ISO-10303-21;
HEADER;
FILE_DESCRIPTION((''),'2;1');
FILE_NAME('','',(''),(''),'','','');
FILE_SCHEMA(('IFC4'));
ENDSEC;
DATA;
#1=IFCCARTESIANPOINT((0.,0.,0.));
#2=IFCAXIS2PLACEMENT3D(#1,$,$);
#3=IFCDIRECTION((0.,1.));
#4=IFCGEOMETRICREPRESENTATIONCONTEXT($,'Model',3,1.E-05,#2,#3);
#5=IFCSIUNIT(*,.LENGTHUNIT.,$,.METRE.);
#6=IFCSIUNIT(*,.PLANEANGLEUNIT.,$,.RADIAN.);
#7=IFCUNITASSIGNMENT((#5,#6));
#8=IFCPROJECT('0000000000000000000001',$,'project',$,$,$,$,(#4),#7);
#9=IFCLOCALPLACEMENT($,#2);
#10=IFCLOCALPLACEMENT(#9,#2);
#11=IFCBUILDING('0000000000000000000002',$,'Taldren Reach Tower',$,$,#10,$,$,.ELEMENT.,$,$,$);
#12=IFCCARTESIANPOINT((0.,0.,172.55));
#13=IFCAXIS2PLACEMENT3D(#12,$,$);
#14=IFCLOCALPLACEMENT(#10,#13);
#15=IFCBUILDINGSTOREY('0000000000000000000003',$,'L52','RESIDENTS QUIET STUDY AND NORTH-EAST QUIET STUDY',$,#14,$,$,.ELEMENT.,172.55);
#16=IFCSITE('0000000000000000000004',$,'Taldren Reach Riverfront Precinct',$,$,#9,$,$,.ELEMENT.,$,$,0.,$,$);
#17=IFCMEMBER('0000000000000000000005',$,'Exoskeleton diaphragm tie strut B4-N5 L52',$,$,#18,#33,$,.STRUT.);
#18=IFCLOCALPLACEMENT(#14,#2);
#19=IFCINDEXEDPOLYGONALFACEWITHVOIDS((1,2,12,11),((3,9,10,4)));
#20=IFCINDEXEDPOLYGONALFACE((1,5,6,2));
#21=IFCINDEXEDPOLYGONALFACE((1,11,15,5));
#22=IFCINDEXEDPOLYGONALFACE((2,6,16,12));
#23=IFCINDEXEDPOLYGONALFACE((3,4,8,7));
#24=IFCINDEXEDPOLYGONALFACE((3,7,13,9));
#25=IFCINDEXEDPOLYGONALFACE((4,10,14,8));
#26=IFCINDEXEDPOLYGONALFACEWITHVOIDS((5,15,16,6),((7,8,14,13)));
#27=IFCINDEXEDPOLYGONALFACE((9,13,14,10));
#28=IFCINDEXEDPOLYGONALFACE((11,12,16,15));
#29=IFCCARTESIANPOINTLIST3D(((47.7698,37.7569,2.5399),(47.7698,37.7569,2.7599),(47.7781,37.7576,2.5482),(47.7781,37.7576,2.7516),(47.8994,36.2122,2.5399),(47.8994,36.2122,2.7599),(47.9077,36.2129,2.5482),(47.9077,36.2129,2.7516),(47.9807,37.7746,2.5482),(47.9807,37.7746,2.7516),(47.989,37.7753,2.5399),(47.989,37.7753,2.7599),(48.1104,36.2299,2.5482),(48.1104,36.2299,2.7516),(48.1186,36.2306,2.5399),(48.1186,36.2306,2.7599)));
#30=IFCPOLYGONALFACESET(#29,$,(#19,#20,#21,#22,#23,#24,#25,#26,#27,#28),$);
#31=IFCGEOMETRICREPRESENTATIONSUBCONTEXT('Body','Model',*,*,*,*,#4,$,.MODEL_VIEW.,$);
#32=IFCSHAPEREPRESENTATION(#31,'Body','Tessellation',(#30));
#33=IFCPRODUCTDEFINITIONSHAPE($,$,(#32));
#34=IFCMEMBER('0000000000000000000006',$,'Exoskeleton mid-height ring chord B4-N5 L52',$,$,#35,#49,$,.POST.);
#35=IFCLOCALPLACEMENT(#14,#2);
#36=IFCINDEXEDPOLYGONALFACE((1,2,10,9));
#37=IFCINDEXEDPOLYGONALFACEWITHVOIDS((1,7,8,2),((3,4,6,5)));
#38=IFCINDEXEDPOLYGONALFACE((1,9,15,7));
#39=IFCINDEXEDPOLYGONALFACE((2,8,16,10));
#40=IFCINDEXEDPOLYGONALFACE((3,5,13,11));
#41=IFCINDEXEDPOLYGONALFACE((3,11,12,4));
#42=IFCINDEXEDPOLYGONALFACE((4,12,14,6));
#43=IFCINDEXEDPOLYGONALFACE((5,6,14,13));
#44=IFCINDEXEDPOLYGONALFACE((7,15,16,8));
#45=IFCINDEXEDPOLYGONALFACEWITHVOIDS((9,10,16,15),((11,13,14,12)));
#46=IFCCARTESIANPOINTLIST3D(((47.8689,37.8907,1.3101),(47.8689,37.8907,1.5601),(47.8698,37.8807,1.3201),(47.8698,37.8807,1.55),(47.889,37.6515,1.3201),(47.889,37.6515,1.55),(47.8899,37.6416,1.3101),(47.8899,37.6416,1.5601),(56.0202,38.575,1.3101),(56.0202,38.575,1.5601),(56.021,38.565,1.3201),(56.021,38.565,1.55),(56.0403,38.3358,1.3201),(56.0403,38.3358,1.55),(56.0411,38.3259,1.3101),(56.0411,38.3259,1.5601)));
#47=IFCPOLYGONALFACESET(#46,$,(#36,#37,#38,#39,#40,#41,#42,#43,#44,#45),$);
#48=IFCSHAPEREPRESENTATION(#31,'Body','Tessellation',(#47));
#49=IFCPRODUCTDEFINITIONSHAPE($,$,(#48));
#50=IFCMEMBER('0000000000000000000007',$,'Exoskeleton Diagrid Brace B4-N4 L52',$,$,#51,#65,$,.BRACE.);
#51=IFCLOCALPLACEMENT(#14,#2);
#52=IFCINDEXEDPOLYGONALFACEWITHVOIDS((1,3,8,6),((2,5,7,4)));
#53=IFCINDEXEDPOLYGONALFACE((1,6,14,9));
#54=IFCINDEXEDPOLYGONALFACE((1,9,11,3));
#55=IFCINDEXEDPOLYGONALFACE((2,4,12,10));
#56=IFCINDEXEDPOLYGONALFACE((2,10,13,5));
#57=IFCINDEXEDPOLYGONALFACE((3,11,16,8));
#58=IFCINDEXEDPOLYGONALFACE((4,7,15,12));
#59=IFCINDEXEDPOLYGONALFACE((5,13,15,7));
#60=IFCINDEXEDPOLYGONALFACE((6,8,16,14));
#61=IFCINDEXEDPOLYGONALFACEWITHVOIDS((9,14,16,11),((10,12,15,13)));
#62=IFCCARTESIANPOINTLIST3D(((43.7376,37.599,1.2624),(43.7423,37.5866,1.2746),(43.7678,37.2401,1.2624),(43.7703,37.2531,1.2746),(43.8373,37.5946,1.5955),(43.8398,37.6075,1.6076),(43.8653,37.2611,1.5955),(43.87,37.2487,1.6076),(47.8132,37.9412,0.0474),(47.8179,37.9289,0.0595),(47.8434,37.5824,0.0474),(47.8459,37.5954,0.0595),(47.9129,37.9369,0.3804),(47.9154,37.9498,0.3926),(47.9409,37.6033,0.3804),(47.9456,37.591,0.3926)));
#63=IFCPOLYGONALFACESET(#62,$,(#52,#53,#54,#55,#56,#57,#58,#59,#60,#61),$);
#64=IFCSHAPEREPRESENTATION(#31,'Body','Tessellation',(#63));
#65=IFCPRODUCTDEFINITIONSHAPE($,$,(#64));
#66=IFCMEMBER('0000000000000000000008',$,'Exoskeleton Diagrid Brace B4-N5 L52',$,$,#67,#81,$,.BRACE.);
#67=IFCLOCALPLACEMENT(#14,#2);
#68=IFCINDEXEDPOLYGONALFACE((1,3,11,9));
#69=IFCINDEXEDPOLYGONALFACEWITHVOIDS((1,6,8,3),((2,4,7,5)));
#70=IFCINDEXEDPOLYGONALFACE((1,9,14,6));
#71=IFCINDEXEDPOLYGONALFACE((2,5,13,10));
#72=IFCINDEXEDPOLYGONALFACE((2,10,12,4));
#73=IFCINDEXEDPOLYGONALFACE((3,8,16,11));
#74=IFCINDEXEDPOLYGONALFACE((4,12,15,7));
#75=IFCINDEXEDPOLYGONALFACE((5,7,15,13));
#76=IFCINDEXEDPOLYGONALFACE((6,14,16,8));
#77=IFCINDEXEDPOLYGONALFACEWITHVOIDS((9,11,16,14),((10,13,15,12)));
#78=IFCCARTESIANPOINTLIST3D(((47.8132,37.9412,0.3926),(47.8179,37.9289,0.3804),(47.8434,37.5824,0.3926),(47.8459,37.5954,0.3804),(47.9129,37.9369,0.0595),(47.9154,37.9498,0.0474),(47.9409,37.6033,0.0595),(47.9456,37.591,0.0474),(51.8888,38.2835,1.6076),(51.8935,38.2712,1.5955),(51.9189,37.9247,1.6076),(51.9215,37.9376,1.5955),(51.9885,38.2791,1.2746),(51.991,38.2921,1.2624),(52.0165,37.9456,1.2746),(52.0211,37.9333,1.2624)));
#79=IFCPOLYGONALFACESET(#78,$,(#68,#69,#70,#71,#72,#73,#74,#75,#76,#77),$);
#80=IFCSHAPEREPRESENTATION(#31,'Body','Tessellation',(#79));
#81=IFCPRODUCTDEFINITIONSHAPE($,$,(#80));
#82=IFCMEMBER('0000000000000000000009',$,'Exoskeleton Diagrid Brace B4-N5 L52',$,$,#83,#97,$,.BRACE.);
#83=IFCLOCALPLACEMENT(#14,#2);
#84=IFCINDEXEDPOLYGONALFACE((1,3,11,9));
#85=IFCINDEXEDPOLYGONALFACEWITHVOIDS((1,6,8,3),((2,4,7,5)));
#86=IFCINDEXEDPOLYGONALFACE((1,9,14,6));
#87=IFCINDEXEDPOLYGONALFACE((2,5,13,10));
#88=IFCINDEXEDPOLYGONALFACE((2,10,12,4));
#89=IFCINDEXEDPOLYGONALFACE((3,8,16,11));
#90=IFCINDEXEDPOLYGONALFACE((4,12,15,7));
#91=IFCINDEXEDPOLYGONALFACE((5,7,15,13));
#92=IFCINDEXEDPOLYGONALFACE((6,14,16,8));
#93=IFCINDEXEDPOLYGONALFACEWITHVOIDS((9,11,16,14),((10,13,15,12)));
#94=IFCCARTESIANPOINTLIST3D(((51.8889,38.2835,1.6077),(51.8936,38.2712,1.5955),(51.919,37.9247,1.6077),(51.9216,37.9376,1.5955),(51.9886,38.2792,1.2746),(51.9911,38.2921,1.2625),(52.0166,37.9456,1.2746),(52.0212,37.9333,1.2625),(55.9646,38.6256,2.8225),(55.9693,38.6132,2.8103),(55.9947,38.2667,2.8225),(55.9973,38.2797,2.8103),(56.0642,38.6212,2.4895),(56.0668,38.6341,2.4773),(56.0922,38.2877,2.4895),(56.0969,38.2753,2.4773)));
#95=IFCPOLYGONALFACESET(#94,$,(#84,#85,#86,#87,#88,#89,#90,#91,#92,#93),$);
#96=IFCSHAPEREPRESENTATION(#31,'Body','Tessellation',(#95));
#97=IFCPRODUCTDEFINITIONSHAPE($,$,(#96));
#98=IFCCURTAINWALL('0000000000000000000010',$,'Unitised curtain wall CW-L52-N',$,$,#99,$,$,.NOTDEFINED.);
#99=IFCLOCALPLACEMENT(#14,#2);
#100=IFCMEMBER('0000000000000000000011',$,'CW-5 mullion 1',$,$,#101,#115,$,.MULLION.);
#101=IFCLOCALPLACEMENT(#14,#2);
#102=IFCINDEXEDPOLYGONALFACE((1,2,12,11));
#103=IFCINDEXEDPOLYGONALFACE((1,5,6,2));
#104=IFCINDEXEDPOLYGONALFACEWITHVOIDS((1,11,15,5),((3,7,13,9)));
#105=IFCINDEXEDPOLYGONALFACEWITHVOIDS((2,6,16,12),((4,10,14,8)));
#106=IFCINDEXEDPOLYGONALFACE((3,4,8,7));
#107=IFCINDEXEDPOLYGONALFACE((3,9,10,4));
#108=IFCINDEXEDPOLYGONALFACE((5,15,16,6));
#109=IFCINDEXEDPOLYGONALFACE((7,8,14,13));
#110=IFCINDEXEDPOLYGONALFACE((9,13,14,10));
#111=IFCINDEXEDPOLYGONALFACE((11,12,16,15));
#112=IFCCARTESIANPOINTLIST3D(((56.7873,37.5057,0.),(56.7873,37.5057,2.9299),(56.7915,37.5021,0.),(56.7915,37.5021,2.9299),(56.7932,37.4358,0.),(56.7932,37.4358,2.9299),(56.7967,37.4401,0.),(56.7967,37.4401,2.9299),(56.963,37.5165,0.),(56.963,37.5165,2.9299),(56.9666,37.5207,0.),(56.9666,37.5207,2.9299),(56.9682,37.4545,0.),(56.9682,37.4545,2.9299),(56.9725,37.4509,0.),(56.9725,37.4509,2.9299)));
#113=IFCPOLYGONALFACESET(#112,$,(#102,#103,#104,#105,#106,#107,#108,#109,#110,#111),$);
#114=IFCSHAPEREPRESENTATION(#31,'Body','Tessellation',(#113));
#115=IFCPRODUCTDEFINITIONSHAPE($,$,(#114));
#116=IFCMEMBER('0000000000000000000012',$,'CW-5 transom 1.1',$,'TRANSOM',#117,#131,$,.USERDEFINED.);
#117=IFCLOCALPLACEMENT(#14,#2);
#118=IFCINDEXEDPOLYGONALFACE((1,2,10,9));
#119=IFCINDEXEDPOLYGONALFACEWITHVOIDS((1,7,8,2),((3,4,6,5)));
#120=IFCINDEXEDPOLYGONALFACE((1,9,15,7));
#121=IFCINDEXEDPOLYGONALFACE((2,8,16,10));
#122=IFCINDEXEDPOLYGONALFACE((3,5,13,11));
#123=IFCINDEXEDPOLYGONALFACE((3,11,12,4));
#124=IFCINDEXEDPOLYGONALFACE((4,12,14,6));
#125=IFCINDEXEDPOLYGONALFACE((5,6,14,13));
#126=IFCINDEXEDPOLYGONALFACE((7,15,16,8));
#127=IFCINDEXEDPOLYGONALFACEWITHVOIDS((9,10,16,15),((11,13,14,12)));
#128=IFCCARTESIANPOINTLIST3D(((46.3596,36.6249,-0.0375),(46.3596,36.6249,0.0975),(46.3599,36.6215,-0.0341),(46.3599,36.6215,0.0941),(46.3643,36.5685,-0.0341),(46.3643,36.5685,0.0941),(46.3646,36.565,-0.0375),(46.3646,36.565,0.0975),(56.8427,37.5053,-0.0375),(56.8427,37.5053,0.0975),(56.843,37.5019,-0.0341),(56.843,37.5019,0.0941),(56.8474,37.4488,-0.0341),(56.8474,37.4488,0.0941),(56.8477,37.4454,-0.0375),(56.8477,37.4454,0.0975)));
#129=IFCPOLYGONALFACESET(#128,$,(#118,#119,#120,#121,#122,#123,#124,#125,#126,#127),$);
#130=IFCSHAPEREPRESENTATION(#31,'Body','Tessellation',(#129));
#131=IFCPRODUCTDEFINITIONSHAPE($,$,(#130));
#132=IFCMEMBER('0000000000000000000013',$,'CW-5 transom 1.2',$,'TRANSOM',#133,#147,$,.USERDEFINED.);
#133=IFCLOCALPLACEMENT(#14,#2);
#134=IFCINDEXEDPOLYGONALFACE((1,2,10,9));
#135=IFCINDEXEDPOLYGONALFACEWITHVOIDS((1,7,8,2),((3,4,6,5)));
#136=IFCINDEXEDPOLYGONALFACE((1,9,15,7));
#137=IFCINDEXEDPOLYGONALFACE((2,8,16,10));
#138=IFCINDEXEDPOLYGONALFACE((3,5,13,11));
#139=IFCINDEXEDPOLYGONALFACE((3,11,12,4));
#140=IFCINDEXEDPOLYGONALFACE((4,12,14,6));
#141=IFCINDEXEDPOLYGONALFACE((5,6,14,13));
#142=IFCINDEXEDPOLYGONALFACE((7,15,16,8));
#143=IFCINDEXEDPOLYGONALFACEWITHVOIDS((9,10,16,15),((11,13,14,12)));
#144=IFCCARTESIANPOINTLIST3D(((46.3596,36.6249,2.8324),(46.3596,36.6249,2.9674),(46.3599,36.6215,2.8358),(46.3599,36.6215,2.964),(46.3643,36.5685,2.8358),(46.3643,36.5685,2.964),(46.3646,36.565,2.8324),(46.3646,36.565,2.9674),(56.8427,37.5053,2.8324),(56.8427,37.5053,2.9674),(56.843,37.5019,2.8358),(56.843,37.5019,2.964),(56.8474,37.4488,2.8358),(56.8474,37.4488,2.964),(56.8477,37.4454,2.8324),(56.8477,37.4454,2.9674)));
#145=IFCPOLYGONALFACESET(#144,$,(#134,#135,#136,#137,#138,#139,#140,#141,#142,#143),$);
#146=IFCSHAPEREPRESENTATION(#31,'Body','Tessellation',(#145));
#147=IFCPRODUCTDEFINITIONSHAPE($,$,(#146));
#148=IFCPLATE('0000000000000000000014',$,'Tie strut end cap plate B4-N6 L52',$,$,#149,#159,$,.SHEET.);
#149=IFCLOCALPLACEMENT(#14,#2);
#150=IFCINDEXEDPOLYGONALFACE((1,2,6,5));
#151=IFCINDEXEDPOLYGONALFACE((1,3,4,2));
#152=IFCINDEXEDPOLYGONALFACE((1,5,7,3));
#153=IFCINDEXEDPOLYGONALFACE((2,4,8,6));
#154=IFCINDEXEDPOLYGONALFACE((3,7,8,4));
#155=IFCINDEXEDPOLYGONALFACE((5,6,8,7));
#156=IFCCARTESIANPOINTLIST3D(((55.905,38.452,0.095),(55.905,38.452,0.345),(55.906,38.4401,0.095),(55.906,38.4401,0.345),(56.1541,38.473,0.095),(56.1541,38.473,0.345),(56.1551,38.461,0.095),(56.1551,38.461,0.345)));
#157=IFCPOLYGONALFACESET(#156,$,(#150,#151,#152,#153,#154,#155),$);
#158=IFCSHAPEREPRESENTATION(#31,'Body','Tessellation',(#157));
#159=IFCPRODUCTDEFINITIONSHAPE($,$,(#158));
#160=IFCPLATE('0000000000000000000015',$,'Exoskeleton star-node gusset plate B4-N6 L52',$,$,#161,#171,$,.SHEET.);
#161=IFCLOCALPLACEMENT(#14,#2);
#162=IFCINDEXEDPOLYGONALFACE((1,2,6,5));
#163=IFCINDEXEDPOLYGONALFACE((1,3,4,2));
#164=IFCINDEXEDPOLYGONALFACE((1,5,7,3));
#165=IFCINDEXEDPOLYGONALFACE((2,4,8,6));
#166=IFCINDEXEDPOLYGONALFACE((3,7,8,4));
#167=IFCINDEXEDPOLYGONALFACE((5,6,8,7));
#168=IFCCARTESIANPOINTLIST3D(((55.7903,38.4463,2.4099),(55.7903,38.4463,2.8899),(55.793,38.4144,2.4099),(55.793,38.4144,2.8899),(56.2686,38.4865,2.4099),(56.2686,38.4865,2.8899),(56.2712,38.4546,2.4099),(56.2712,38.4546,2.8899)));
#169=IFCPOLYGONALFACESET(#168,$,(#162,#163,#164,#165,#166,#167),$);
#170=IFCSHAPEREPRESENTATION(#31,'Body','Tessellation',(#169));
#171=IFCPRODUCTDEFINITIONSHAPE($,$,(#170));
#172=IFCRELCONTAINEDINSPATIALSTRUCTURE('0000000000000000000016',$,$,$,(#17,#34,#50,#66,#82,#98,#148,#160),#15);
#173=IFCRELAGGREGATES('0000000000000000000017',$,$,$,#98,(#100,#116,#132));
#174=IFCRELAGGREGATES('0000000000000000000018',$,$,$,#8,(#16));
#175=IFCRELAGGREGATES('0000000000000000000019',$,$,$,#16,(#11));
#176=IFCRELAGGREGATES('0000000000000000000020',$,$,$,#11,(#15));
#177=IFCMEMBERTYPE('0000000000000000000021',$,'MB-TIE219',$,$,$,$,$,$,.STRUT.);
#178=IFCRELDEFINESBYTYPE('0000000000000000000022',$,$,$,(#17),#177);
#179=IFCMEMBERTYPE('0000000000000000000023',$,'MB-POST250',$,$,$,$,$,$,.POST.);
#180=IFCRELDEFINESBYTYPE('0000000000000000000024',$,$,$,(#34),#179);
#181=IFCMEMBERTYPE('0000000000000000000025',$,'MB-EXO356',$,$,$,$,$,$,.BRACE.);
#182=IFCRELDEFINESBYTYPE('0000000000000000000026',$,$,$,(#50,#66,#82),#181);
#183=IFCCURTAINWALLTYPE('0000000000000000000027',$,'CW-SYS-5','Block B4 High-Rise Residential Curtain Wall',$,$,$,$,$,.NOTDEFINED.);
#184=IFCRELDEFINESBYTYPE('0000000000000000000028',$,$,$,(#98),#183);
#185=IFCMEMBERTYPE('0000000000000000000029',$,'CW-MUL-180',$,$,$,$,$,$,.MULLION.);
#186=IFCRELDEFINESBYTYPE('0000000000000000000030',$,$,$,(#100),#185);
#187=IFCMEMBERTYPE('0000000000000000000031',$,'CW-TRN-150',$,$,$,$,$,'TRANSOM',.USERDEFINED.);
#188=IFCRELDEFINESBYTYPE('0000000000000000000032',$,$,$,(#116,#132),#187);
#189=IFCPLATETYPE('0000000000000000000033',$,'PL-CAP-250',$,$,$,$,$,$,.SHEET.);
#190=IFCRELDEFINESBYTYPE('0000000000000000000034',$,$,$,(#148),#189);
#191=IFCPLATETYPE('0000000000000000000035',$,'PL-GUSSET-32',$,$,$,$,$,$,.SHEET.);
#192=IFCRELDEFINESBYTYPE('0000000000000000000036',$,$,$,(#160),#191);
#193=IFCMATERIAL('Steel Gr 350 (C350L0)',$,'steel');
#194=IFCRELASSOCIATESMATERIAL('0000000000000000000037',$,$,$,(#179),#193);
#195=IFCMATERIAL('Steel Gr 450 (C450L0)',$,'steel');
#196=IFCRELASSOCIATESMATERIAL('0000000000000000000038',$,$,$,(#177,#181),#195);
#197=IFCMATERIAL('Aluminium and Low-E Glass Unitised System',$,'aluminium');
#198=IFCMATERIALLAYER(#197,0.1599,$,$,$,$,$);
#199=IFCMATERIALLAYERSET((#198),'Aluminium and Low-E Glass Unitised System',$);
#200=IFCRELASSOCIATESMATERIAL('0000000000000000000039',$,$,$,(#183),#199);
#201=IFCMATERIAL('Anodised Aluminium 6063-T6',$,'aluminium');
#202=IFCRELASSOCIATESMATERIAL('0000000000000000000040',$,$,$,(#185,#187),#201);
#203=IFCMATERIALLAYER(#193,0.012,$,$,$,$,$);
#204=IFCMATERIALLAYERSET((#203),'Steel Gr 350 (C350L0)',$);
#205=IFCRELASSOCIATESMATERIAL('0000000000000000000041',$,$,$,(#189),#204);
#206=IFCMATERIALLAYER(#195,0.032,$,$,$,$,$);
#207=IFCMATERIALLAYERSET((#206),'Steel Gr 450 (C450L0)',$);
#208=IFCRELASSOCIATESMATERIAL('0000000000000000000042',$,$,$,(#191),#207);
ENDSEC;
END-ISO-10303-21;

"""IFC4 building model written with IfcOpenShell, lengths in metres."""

from ifc_helpers import new_model, si_unit, direction, frame, origin, origin_2d, place, context, subcontext, project, spatial, rectangle, hollow_rectangle, extrude, source, transform, mapped, material, layer, layer_set, material_profile, profile_set, type_object, element, aggregate, save


model = new_model("IFC4")

# Units and contexts
model_context = context("Model", 3, precision=1e-05, world=origin(), true_north=direction((0.0, 1.0)))
body_context = subcontext(model_context, "Body", "Model", "MODEL_VIEW")
ifc_project = project(units=[si_unit("LENGTHUNIT", "METRE"), si_unit("PLANEANGLEUNIT", "RADIAN")], contexts=[model_context])

# Site, building, storey
site_placement = place(None, origin())
site = spatial("IfcSite", under=ifc_project, at=site_placement, Name="Taldren Reach Riverfront Precinct", CompositionType="ELEMENT", RefElevation=0.0)
building_placement = place(site_placement, origin())
building = spatial("IfcBuilding", under=site, at=building_placement, Name="Taldren Reach Tower", CompositionType="ELEMENT")
storey_placement = place(building_placement, frame((0.0, 0.0, 172.55)))
storey = spatial("IfcBuildingStorey", under=building, at=storey_placement, Name="L52", Description="RESIDENTS QUIET STUDY AND NORTH-EAST QUIET STUDY", CompositionType="ELEMENT", Elevation=172.55)

# Shared definitions
ifc_material_1 = material(Name="Steel Gr 350 (C350L0)", Category="steel")

# Shared definitions
ifc_material_profile_1 = material_profile(ifc_material_1, hollow_rectangle(XDim=0.25, YDim=0.25, WallThickness=0.01, at=origin_2d()), Name="250x250x10.0SHS")
ifc_profile_set_1 = profile_set([ifc_material_profile_1], Name="Steel Gr 350 (C350L0)")
member_type_1 = type_object("IfcMemberType", Name="MB-POST250", PredefinedType="POST", material=ifc_profile_set_1)

# Members
ifc_material_2 = material(Name="Steel Gr 450 (C450L0)", Category="steel")
ifc_material_profile_2 = material_profile(ifc_material_2, hollow_rectangle(XDim=0.22, YDim=0.22, WallThickness=0.0083, at=origin_2d()), Name="220x220x8.2SHS")
ifc_profile_set_2 = profile_set([ifc_material_profile_2], Name="Steel Gr 450 (C450L0)")
member_type_2 = type_object("IfcMemberType", Name="MB-TIE219", PredefinedType="STRUT", material=ifc_profile_set_2)
shared_shape_1 = source(origin(), body_context, "Body", "SweptSolid", [
    extrude(hollow_rectangle(XDim=0.22, YDim=0.22, WallThickness=0.0083, at=origin_2d()), origin(), (0.0, 0.0, 1.0), 1.55),
])
member_1_placement = place(storey_placement, frame((48.009, 36.2214, 2.6499), z_axis=(-0.083632, 0.996497, 0.0), x_axis=(-0.996497, -0.083632, 0.0)))
element("IfcMember", 1, at=member_1_placement, inside=storey, type_object=member_type_2, Name="Exoskeleton diaphragm tie strut B4-N5 L52", PredefinedType="STRUT", context=body_context, shape_type="MappedRepresentation", body=[
    mapped(shared_shape_1, transform((0.0, 0.0, 0.0), scale=1.0)),
])
shared_shape_2 = source(origin(), body_context, "Body", "SweptSolid", [
    extrude(hollow_rectangle(XDim=0.25, YDim=0.25, WallThickness=0.01, at=origin_2d()), origin(), (0.0, 0.0, 1.0), 8.1799),
])
member_2_placement = place(storey_placement, frame((47.8794, 37.7661, 1.4351), z_axis=(0.996495, 0.083658, 0.0), x_axis=(-0.083658, 0.996495, 0.0)))
element("IfcMember", 2, at=member_2_placement, inside=storey, type_object=member_type_1, Name="Exoskeleton mid-height ring chord B4-N5 L52", PredefinedType="POST", context=body_context, shape_type="MappedRepresentation", body=[
    mapped(shared_shape_2, transform((0.0, 0.0, 0.0), scale=1.0)),
])
ifc_material_profile_3 = material_profile(ifc_material_2, hollow_rectangle(XDim=0.3601, YDim=0.3601, WallThickness=0.0127, at=origin_2d()), Name="360x360x12.7SHS")
ifc_profile_set_3 = profile_set([ifc_material_profile_3], Name="Steel Gr 450 (C450L0)")
member_type_3 = type_object("IfcMemberType", Name="MB-EXO356", PredefinedType="BRACE", material=ifc_profile_set_3)
shared_shape_3 = source(origin(), body_context, "Body", "SweptSolid", [
    extrude(hollow_rectangle(XDim=0.3601, YDim=0.3601, WallThickness=0.0127, at=origin_2d()), origin(), (0.0, 0.0, 1.0), 4.2666),
])
for number, where, z_axis, x_axis, name in (
    (3, (47.8794, 37.7661, 0.22), (-0.955229, -0.080222, 0.284783), (0.083688, -0.996492, 0.0), "Exoskeleton Diagrid Brace B4-N4 L52"),
    (4, (47.8794, 37.7661, 0.22), (0.955229, 0.080222, 0.284783), (-0.083688, 0.996492, 0.0), "Exoskeleton Diagrid Brace B4-N5 L52"),
    (5, (51.9551, 38.1084, 1.4351), (0.955249, 0.080167, 0.284732), (-0.083628, 0.996497, 0.0), "Exoskeleton Diagrid Brace B4-N5 L52"),
):
    element("IfcMember", number, at=place(storey_placement, frame(where, z_axis=z_axis, x_axis=x_axis)), inside=storey, type_object=member_type_3, Name=name, PredefinedType="BRACE", context=body_context, shape_type="MappedRepresentation", body=[
        mapped(shared_shape_3, transform((0.0, 0.0, 0.0), scale=1.0)),
    ])

# Curtain wall, members
ifc_material_3 = material(Name="Aluminium and Low-E Glass Unitised System", Category="aluminium")
ifc_layer_1 = layer(ifc_material_3, 0.1599)
ifc_layer_set_1 = layer_set([ifc_layer_1], Name="Aluminium and Low-E Glass Unitised System")
curtain_wall_type = type_object("IfcCurtainWallType", Name="CW-SYS-5", Description="Block B4 High-Rise Residential Curtain Wall", PredefinedType="NOTDEFINED", material=ifc_layer_set_1)
curtain_wall_placement = place(storey_placement, origin())
curtain_wall = element("IfcCurtainWall", 6, at=curtain_wall_placement, inside=storey, type_object=curtain_wall_type, Name="Unitised curtain wall CW-L52-N", PredefinedType="NOTDEFINED")
ifc_material_4 = material(Name="Anodised Aluminium 6063-T6", Category="aluminium")
ifc_material_profile_4 = material_profile(ifc_material_4, hollow_rectangle(XDim=0.0701, YDim=0.1799, WallThickness=0.0039, at=origin_2d()), Name="ALU-180x70x4RHS")
ifc_profile_set_4 = profile_set([ifc_material_profile_4], Name="Anodised Aluminium 6063-T6")
member_type_4 = type_object("IfcMemberType", Name="CW-MUL-180", PredefinedType="MULLION", material=ifc_profile_set_4)
shared_shape_4 = source(origin(), body_context, "Body", "SweptSolid", [
    extrude(hollow_rectangle(XDim=0.0701, YDim=0.1799, WallThickness=0.0039, at=origin_2d()), origin(), (0.0, 0.0, 1.0), 2.9299),
])
member_3_placement = place(storey_placement, frame((56.8799, 37.4783, 0.0), z_axis=(0.0, 0.0, 1.0), x_axis=(0.083678, -0.996493, 0.0)))
member_3 = element("IfcMember", 7, at=member_3_placement, type_object=member_type_4, Name="CW-5 mullion 1", PredefinedType="MULLION", context=body_context, shape_type="MappedRepresentation", body=[
    mapped(shared_shape_4, transform((0.0, 0.0, 0.0), scale=1.0)),
])
ifc_material_profile_5 = material_profile(ifc_material_4, hollow_rectangle(XDim=0.0601, YDim=0.135, WallThickness=0.0034, at=origin_2d()), Name="ALU-135x60x3.5RHS")
ifc_profile_set_5 = profile_set([ifc_material_profile_5], Name="Anodised Aluminium 6063-T6")
member_type_5 = type_object("IfcMemberType", Name="CW-TRN-150", ElementType="TRANSOM", PredefinedType="USERDEFINED", material=ifc_profile_set_5)
shared_shape_5 = source(origin(), body_context, "Body", "SweptSolid", [
    extrude(hollow_rectangle(XDim=0.0601, YDim=0.135, WallThickness=0.0034, at=origin_2d()), origin(), (0.0, 0.0, 1.0), 10.52),
])
member_4_placement = place(storey_placement, frame((56.8452, 37.4753, 0.03), z_axis=(-0.996492, -0.083685, 0.0), x_axis=(0.083685, -0.996492, 0.0)))
member_4 = element("IfcMember", 8, at=member_4_placement, type_object=member_type_5, Name="CW-5 transom 1.1", ObjectType="TRANSOM", PredefinedType="USERDEFINED", context=body_context, shape_type="MappedRepresentation", body=[
    mapped(shared_shape_5, transform((0.0, 0.0, 0.0), scale=1.0)),
])
member_5_placement = place(storey_placement, frame((56.8452, 37.4753, 2.8999), z_axis=(-0.996492, -0.083685, 0.0), x_axis=(0.083685, -0.996492, 0.0)))
member_5 = element("IfcMember", 9, at=member_5_placement, type_object=member_type_5, Name="CW-5 transom 1.2", ObjectType="TRANSOM", PredefinedType="USERDEFINED", context=body_context, shape_type="MappedRepresentation", body=[
    mapped(shared_shape_5, transform((0.0, 0.0, 0.0), scale=1.0)),
])

# Plates
ifc_layer_2 = layer(ifc_material_1, 0.012)
ifc_layer_set_2 = layer_set([ifc_layer_2], Name="Steel Gr 350 (C350L0)")
plate_type_1 = type_object("IfcPlateType", Name="PL-CAP-250", PredefinedType="SHEET", material=ifc_layer_set_2)
shared_shape_6 = source(origin(), body_context, "Body", "SweptSolid", [
    extrude(rectangle(XDim=0.25, YDim=0.012, at=origin_2d()), origin(), (0.0, 0.0, 1.0), 0.25),
])
plate_1_placement = place(storey_placement, frame((56.03, 38.4565, 0.095), z_axis=(0.0, 0.0, 1.0), x_axis=(0.996493, 0.083678, 0.0)))
element("IfcPlate", 10, at=plate_1_placement, inside=storey, type_object=plate_type_1, Name="Tie strut end cap plate B4-N6 L52", PredefinedType="SHEET", context=body_context, shape_type="MappedRepresentation", body=[
    mapped(shared_shape_6, transform((0.0, 0.0, 0.0), scale=1.0)),
])
ifc_layer_3 = layer(ifc_material_2, 0.032)
ifc_layer_set_3 = layer_set([ifc_layer_3], Name="Steel Gr 450 (C450L0)")
plate_type_2 = type_object("IfcPlateType", Name="PL-GUSSET-32", PredefinedType="SHEET", material=ifc_layer_set_3)
shared_shape_7 = source(origin(), body_context, "Body", "SweptSolid", [
    extrude(rectangle(XDim=0.48, YDim=0.032, at=origin_2d()), origin(), (0.0, 0.0, 1.0), 0.48),
])
plate_2_placement = place(storey_placement, frame((56.0308, 38.4504, 2.4099), z_axis=(0.0, 0.0, 1.0), x_axis=(0.996493, 0.083678, 0.0)))
element("IfcPlate", 11, at=plate_2_placement, inside=storey, type_object=plate_type_2, Name="Exoskeleton star-node gusset plate B4-N6 L52", PredefinedType="SHEET", context=body_context, shape_type="MappedRepresentation", body=[
    mapped(shared_shape_7, transform((0.0, 0.0, 0.0), scale=1.0)),
])

aggregate(curtain_wall, [member_3, member_4, member_5])

save(model, "model.ifc")
